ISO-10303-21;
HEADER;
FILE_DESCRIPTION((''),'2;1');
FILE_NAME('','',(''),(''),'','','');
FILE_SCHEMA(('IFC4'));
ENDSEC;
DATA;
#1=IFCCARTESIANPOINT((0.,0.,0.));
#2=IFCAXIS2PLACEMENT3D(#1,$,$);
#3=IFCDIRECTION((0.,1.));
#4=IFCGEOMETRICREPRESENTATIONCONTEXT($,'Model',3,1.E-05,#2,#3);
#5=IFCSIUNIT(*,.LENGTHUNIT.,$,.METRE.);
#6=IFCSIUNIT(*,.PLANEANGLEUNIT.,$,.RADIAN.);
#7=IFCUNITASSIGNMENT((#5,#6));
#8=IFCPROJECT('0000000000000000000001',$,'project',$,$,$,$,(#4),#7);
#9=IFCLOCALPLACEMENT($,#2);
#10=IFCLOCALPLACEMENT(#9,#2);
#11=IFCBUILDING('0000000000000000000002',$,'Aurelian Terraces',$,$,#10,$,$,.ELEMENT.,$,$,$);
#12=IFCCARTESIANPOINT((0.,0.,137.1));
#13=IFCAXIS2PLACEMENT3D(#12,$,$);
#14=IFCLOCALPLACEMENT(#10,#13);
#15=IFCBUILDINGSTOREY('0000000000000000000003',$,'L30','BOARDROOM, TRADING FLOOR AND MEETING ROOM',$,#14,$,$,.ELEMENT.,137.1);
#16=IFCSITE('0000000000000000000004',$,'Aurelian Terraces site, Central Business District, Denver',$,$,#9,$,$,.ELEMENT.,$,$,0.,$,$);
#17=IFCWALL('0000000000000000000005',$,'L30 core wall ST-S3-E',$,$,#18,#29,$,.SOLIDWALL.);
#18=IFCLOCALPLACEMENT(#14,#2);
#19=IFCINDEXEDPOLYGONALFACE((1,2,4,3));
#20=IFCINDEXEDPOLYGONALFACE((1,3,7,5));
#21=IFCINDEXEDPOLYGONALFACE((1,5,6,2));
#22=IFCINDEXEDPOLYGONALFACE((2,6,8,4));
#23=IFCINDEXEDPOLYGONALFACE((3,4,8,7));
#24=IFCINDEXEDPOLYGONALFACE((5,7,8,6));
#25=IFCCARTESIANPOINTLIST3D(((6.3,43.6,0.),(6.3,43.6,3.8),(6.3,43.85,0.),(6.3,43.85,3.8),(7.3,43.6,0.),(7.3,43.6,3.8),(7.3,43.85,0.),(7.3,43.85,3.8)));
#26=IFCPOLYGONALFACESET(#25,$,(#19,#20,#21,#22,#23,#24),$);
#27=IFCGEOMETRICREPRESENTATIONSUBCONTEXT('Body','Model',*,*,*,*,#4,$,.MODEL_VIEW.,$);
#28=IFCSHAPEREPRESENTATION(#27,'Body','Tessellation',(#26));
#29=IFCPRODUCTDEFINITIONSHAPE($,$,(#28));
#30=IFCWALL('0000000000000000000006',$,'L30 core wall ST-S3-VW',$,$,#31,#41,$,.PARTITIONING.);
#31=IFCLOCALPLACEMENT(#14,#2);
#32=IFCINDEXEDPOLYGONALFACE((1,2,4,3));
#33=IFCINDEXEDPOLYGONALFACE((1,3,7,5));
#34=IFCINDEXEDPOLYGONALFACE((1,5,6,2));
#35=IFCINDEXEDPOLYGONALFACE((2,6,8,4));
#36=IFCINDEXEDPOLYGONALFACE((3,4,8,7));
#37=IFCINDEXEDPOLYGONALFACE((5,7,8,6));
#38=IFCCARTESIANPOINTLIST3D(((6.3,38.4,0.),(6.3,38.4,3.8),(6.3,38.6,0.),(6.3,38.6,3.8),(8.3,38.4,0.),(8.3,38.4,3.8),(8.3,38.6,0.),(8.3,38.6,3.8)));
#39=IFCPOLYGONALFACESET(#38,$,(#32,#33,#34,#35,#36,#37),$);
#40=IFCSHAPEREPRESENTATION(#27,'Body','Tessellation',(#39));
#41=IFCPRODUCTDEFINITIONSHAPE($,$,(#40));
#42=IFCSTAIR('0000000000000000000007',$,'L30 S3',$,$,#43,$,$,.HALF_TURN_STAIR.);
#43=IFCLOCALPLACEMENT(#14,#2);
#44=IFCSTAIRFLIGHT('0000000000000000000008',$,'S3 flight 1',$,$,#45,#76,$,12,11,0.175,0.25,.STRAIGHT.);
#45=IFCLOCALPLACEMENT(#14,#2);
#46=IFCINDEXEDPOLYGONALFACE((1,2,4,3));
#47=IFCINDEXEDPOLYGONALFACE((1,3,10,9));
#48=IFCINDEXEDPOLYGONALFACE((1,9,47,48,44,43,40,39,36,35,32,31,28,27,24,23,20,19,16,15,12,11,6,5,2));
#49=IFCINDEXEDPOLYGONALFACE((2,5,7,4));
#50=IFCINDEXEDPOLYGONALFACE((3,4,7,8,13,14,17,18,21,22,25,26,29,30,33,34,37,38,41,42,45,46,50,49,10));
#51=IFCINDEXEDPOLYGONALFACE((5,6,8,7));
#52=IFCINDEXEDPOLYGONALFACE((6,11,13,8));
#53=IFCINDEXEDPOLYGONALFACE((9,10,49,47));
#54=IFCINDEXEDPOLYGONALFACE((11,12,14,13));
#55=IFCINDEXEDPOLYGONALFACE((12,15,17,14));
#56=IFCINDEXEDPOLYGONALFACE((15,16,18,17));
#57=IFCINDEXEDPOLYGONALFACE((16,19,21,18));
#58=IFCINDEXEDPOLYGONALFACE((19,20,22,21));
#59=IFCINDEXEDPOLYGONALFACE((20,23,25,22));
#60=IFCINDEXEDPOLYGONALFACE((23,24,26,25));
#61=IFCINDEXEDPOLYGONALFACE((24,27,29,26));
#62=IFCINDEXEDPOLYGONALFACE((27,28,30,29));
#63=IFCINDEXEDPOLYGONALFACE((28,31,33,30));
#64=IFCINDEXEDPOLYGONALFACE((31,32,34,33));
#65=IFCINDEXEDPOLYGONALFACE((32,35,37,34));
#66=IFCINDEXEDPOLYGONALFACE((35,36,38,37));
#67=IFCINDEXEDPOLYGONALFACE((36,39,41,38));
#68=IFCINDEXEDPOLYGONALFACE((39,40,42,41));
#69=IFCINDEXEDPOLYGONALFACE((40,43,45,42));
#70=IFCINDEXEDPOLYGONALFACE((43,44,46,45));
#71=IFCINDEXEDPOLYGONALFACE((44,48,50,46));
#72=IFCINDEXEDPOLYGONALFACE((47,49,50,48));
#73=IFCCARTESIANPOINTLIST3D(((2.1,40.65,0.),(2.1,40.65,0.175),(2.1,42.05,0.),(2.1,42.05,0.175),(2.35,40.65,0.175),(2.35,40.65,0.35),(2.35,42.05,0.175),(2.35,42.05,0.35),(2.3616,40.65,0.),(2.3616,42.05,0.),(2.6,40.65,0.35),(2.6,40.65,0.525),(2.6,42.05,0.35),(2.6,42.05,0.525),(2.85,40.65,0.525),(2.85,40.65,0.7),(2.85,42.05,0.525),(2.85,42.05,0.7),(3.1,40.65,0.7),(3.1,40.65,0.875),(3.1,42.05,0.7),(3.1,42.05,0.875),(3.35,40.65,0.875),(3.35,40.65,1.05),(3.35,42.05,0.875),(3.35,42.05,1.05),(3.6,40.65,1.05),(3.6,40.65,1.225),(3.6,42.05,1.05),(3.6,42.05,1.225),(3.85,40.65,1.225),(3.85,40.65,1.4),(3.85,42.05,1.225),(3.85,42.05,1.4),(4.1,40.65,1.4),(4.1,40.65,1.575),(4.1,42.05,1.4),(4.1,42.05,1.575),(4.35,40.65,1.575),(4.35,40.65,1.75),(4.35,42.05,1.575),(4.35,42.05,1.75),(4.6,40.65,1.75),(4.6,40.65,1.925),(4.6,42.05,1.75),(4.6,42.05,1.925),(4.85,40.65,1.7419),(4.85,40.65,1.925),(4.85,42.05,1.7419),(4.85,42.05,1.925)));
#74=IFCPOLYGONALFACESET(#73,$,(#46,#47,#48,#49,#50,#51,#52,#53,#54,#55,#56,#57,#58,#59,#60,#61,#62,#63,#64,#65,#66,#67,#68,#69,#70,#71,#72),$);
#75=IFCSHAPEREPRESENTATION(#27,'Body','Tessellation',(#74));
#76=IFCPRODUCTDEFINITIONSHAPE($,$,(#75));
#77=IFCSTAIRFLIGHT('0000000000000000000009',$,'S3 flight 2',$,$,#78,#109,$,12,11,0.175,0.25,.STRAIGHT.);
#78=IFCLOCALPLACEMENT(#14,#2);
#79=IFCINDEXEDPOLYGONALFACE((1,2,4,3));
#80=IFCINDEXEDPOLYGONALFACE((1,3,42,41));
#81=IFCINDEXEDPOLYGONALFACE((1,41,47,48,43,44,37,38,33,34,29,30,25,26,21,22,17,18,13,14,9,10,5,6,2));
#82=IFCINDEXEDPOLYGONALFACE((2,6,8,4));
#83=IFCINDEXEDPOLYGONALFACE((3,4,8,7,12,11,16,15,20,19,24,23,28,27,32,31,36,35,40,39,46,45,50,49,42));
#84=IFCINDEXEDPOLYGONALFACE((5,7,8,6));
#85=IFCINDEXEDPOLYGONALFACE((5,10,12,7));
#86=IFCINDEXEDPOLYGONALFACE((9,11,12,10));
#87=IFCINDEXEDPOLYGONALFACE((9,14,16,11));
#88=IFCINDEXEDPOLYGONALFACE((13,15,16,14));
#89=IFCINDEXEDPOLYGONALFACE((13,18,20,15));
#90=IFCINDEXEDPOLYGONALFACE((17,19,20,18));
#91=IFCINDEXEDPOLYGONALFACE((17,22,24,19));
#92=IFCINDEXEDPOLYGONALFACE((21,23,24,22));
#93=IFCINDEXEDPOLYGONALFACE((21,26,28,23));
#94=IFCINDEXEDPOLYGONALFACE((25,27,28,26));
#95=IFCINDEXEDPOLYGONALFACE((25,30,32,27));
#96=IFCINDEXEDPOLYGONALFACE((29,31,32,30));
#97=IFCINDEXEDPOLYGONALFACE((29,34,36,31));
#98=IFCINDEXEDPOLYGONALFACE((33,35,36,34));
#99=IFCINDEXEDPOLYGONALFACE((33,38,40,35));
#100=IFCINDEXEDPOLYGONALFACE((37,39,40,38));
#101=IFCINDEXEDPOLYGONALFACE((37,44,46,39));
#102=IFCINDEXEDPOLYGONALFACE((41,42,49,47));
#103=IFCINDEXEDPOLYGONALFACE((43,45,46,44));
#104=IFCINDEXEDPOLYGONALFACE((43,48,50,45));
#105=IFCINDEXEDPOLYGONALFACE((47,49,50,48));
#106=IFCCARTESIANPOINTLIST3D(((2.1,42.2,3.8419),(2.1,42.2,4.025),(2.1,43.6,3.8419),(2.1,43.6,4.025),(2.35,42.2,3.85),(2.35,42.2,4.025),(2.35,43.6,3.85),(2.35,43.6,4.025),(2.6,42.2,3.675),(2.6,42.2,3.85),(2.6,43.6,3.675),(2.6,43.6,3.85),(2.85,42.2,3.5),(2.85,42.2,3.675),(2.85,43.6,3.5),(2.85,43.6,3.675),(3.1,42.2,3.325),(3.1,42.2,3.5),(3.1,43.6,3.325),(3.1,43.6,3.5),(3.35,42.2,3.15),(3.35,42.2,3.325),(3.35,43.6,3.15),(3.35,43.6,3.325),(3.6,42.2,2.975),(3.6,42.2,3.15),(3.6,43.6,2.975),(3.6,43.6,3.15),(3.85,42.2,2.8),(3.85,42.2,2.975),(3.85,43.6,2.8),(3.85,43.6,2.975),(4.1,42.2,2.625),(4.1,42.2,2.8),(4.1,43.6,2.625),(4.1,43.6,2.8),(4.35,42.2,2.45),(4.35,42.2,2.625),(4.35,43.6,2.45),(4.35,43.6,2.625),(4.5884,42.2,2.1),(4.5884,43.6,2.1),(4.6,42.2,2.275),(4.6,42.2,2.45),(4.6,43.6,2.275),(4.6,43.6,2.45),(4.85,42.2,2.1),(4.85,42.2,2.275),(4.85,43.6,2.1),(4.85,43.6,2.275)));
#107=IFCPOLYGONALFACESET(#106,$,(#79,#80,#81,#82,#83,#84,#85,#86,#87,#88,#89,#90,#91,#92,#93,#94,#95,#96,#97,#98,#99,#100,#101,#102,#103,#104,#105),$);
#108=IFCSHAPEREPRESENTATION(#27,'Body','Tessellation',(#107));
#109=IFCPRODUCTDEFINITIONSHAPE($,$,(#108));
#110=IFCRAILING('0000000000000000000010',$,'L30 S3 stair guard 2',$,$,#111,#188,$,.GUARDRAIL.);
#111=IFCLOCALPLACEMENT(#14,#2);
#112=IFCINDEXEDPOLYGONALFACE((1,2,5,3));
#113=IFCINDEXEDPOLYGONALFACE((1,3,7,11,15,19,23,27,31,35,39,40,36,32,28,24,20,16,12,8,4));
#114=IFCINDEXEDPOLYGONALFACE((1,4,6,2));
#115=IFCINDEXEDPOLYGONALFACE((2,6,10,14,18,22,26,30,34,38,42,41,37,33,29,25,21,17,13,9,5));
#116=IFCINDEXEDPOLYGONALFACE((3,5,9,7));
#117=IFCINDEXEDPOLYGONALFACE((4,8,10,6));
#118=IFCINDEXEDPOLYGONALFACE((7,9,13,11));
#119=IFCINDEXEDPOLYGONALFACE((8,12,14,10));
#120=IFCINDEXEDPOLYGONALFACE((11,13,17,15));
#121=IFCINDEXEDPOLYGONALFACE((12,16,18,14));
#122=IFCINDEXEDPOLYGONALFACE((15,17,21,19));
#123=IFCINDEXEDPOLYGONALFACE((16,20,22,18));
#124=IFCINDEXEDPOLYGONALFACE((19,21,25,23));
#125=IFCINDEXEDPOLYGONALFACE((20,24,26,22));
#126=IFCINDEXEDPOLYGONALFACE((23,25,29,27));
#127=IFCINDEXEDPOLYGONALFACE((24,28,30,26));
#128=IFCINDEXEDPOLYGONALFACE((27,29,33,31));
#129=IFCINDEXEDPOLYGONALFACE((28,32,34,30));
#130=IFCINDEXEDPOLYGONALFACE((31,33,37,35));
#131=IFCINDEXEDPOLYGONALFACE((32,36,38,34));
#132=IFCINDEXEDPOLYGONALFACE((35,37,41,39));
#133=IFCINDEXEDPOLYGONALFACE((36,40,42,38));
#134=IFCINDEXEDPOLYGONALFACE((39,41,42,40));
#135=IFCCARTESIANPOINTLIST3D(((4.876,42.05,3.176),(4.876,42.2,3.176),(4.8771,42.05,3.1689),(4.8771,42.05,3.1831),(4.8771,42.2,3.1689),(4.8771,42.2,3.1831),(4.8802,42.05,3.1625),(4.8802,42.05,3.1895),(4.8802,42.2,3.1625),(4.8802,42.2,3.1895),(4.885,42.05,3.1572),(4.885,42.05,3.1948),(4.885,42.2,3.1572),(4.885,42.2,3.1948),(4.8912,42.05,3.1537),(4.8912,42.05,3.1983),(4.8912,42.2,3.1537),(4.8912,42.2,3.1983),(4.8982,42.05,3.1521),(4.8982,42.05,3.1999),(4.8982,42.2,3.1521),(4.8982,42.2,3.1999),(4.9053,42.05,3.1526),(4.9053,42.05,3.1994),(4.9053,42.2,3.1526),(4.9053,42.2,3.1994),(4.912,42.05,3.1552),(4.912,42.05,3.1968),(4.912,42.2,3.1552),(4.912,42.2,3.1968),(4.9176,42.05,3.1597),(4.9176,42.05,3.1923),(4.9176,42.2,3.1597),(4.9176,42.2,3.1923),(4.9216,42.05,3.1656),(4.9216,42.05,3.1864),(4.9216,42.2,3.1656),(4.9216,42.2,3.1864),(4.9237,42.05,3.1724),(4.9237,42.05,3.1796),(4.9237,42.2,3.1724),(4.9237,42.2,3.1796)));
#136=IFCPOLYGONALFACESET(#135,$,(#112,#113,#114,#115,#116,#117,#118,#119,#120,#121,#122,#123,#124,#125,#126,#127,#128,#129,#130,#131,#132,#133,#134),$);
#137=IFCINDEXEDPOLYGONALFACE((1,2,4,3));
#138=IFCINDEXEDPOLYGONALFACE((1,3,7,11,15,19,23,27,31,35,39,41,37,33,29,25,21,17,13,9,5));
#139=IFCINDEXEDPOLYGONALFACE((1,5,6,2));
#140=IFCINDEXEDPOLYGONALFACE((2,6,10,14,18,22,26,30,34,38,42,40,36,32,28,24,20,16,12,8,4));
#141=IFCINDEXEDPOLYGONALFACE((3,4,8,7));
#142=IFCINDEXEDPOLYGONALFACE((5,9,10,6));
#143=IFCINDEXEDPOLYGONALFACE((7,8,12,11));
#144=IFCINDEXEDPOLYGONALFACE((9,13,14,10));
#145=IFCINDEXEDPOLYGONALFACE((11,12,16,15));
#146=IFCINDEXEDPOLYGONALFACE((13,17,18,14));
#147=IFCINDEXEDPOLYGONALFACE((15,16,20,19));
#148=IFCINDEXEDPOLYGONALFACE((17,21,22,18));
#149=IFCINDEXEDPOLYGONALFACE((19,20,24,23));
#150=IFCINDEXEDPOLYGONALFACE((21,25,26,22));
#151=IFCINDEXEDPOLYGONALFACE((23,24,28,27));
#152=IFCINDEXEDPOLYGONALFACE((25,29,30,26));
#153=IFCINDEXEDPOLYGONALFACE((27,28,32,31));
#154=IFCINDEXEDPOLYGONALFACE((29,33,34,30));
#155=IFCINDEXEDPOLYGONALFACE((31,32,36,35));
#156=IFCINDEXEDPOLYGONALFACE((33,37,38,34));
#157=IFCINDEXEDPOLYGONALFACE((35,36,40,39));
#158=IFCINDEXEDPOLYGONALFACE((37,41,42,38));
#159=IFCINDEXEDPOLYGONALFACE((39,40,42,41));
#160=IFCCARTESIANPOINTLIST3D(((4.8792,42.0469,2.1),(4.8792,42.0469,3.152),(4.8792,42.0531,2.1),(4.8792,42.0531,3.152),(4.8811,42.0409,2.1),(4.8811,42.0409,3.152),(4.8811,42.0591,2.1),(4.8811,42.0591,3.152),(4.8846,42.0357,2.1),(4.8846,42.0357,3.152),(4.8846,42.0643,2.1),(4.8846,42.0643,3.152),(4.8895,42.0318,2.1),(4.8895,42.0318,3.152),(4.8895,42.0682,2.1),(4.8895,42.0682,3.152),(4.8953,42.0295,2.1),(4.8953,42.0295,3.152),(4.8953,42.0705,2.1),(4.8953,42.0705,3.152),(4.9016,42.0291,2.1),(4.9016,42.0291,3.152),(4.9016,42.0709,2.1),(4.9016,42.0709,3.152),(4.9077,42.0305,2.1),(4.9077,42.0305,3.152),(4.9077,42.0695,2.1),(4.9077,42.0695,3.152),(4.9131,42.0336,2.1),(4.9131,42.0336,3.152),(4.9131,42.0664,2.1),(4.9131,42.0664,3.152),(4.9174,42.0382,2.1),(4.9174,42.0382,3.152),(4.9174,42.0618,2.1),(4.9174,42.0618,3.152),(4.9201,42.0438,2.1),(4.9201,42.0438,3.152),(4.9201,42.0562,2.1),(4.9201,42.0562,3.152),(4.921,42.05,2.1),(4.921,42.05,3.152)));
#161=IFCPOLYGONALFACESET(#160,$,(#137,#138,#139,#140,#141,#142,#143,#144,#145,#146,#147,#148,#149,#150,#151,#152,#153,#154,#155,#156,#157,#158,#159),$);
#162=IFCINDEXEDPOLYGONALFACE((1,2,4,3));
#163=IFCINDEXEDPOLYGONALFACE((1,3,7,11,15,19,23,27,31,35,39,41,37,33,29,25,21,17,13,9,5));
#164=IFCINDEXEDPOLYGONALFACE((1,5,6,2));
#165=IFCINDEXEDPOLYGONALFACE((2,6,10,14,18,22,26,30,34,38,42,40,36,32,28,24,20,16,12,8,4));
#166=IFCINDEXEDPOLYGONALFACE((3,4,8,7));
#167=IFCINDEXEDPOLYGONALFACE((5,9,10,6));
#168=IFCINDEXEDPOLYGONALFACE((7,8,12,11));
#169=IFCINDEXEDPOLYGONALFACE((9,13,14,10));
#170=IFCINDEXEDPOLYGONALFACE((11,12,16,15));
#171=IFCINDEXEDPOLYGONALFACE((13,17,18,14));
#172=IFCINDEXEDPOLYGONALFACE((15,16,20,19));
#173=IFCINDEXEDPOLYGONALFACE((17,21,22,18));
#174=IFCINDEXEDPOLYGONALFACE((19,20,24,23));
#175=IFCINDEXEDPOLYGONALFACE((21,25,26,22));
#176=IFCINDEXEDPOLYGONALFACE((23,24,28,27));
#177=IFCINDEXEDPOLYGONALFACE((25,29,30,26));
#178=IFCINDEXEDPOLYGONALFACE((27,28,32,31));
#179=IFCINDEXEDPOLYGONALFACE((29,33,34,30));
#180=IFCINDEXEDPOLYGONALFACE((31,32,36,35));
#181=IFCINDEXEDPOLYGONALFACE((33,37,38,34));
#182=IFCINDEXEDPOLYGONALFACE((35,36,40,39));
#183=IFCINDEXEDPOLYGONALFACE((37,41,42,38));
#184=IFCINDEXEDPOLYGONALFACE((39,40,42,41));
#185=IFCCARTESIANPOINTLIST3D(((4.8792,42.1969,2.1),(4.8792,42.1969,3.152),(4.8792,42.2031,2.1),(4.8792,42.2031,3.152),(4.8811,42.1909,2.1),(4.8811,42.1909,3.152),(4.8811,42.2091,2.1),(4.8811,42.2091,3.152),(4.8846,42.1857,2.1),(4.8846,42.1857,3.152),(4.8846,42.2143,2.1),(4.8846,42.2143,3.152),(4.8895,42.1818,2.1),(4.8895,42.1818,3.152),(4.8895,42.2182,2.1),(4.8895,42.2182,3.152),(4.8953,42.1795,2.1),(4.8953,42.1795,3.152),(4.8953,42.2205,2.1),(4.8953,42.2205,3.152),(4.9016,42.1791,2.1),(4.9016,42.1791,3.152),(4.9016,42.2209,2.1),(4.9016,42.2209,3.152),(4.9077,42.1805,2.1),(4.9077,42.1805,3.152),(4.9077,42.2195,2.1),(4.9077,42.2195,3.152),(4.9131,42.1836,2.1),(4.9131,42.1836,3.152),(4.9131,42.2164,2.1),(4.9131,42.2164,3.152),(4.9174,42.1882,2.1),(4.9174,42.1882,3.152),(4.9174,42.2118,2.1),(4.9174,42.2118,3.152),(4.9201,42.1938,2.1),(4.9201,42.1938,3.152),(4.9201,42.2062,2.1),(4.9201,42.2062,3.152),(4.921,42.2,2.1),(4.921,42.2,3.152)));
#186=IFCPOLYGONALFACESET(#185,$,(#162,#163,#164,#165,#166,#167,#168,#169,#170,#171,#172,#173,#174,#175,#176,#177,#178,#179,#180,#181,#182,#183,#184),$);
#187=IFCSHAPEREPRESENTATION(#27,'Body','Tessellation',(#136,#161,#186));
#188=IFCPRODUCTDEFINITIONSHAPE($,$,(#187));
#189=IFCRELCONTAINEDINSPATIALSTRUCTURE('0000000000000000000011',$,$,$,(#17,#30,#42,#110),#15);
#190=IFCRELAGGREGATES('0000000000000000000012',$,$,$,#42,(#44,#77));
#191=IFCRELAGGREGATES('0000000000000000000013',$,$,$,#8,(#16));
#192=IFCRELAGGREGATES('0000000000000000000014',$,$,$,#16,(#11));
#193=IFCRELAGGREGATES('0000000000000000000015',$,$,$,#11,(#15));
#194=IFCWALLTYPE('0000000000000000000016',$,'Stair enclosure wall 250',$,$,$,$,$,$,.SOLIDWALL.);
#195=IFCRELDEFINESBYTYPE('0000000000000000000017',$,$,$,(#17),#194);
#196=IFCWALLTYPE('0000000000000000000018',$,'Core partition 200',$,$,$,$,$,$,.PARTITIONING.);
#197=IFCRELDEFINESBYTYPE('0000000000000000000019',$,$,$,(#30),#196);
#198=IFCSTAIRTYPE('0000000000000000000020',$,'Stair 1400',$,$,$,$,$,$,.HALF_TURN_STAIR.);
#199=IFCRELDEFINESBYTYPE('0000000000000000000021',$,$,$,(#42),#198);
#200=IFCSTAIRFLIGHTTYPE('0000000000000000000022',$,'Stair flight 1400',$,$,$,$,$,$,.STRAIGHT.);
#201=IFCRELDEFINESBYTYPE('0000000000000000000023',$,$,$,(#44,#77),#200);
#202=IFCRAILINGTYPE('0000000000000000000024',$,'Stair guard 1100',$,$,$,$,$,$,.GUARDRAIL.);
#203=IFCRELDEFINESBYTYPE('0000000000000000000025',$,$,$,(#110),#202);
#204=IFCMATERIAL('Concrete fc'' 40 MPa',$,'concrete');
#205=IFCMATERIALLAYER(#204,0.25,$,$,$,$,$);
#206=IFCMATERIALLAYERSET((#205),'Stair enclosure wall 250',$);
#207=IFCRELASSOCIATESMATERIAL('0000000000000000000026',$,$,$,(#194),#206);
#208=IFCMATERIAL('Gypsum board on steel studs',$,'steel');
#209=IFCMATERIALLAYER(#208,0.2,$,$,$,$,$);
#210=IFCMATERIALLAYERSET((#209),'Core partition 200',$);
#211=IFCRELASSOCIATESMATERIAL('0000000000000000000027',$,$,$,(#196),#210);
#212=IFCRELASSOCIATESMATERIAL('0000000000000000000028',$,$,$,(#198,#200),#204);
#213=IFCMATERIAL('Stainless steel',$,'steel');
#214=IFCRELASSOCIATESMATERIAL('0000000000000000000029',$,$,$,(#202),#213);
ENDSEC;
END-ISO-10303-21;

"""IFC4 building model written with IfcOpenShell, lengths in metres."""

from ifc_helpers import new_model, si_unit, direction, frame, frame_2d, origin, origin_2d, place, context, subcontext, project, spatial, polyline, rectangle, circle, outline, extrude, source, transform, mapped, material, layer, layer_set, type_object, element, aggregate, save


model = new_model("IFC4")

# Units and contexts
model_context = context("Model", 3, precision=1e-05, world=origin(), true_north=direction((0.0, 1.0)))
body_context = subcontext(model_context, "Body", "Model", "MODEL_VIEW")
ifc_project = project(units=[si_unit("LENGTHUNIT", "METRE"), si_unit("PLANEANGLEUNIT", "RADIAN")], contexts=[model_context])

# Site, building, storey
site_placement = place(None, origin())
site = spatial("IfcSite", under=ifc_project, at=site_placement, Name="Aurelian Terraces site, Central Business District, Denver", CompositionType="ELEMENT", RefElevation=0.0)
building_placement = place(site_placement, origin())
building = spatial("IfcBuilding", under=site, at=building_placement, Name="Aurelian Terraces", CompositionType="ELEMENT")
storey_placement = place(building_placement, frame((0.0, 0.0, 137.1)))
storey = spatial("IfcBuildingStorey", under=building, at=storey_placement, Name="L30", Description="BOARDROOM, TRADING FLOOR AND MEETING ROOM", CompositionType="ELEMENT", Elevation=137.1)

# Shared definitions
ifc_material_1 = material(Name="Concrete fc' 40 MPa", Category="concrete")

# Shared definitions
ifc_layer_1 = layer(ifc_material_1, 0.25)
ifc_layer_set_1 = layer_set([ifc_layer_1], Name="Stair enclosure wall 250")
wall_type_1 = type_object("IfcWallType", Name="Stair enclosure wall 250", PredefinedType="SOLIDWALL", material=ifc_layer_set_1)

# Walls
ifc_material_2 = material(Name="Gypsum board on steel studs", Category="steel")
ifc_layer_2 = layer(ifc_material_2, 0.2)
ifc_layer_set_2 = layer_set([ifc_layer_2], Name="Core partition 200")
wall_type_2 = type_object("IfcWallType", Name="Core partition 200", PredefinedType="PARTITIONING", material=ifc_layer_set_2)
shared_shape_1 = source(origin(), body_context, "Body", "SweptSolid", [
    extrude(rectangle(XDim=1.0, YDim=0.25, at=frame_2d((0.5, 0.0))), origin(), (0.0, 0.0, 1.0), 3.8),
])
wall_1_placement = place(storey_placement, frame((6.3, 43.725, 0.0), z_axis=(0.0, 0.0, 1.0), x_axis=(1.0, 0.0, 0.0)))
element("IfcWall", 1, at=wall_1_placement, inside=storey, type_object=wall_type_1, Name="L30 core wall ST-S3-E", PredefinedType="SOLIDWALL", context=body_context, shape_type="MappedRepresentation", body=[
    mapped(shared_shape_1, transform((0.0, 0.0, 0.0), scale=1.0)),
])
shared_shape_2 = source(origin(), body_context, "Body", "SweptSolid", [
    extrude(rectangle(XDim=2.0, YDim=0.2, at=frame_2d((1.0, 0.0))), origin(), (0.0, 0.0, 1.0), 3.8),
])
wall_2_placement = place(storey_placement, frame((6.3, 38.5, 0.0), z_axis=(0.0, 0.0, 1.0), x_axis=(1.0, 0.0, 0.0)))
element("IfcWall", 2, at=wall_2_placement, inside=storey, type_object=wall_type_2, Name="L30 core wall ST-S3-VW", PredefinedType="PARTITIONING", context=body_context, shape_type="MappedRepresentation", body=[
    mapped(shared_shape_2, transform((0.0, 0.0, 0.0), scale=1.0)),
])

# Stair, stair flights
stair_type = type_object("IfcStairType", Name="Stair 1400", PredefinedType="HALF_TURN_STAIR", material=ifc_material_1)
stair_placement = place(storey_placement, origin())
stair = element("IfcStair", 3, at=stair_placement, inside=storey, type_object=stair_type, Name="L30 S3", PredefinedType="HALF_TURN_STAIR")
stair_flight_type = type_object("IfcStairFlightType", Name="Stair flight 1400", PredefinedType="STRAIGHT", material=ifc_material_1)
shared_shape_3 = source(origin(), body_context, "Body", "SweptSolid", [
    extrude(outline(polyline([(0.0, 0.0), (0.0, 0.175), (0.25, 0.175), (0.25, 0.35), (0.5, 0.35), (0.5, 0.525), (0.75, 0.525), (0.75, 0.7), (1.0, 0.7), (1.0, 0.875), (1.25, 0.875), (1.25, 1.05), (1.5, 1.05), (1.5, 1.225), (1.75, 1.225), (1.75, 1.4), (2.0, 1.4), (2.0, 1.575), (2.25, 1.575), (2.25, 1.75), (2.5, 1.75), (2.5, 1.925), (2.75, 1.925), (2.75, 2.1), (2.75, 1.7419), (0.2616, 0.0), (0.0, 0.0)])), frame((0.0, 0.7, 0.0), z_axis=(0.0, -1.0, 0.0), x_axis=(1.0, 0.0, 0.0)), (0.0, 0.0, 1.0), 1.4),
])
stair_flight_1_placement = place(storey_placement, frame((2.1, 41.35, 0.0), z_axis=(0.0, 0.0, 1.0), x_axis=(1.0, 0.0, 0.0)))
stair_flight_1 = element("IfcStairFlight", 4, at=stair_flight_1_placement, type_object=stair_flight_type, Name="S3 flight 1", NumberOfRisers=12, NumberOfTreads=11, PredefinedType="STRAIGHT", RiserHeight=0.175, TreadLength=0.25, context=body_context, shape_type="MappedRepresentation", body=[
    mapped(shared_shape_3, transform((0.0, 0.0, 0.0), scale=1.0)),
])
stair_flight_2_placement = place(storey_placement, frame((4.85, 42.9, 2.1), z_axis=(0.0, 0.0, 1.0), x_axis=(-1.0, 0.0, 0.0)))
stair_flight_2 = element("IfcStairFlight", 5, at=stair_flight_2_placement, type_object=stair_flight_type, Name="S3 flight 2", NumberOfRisers=12, NumberOfTreads=11, PredefinedType="STRAIGHT", RiserHeight=0.175, TreadLength=0.25, context=body_context, shape_type="MappedRepresentation", body=[
    mapped(shared_shape_3, transform((0.0, 0.0, 0.0), scale=1.0)),
])
aggregate(stair, [stair_flight_1, stair_flight_2])

# Railing
ifc_material_3 = material(Name="Stainless steel", Category="steel")
railing_type_1 = type_object("IfcRailingType", Name="Stair guard 1100", PredefinedType="GUARDRAIL", material=ifc_material_3)
shared_shape_4 = source(origin(), body_context, "Body", "SweptSolid", [
    extrude(circle(Radius=0.024, at=origin_2d()), frame((0.0, 0.0, 1.076), z_axis=(0.0, 1.0, 0.0), x_axis=(-1.0, 0.0, 0.0)), (0.0, 0.0, 1.0), 0.15),
    extrude(circle(Radius=0.021, at=origin_2d()), origin(), (0.0, 0.0, 1.0), 1.052),
    extrude(circle(Radius=0.021, at=origin_2d()), frame((0.0, 0.15, 0.0)), (0.0, 0.0, 1.0), 1.052),
])
for number, where, name in (
    (6, (4.9, 42.05, 2.1), "L30 S3 stair guard 2"),
):
    element("IfcRailing", number, at=place(storey_placement, frame(where)), inside=storey, type_object=railing_type_1, Name=name, PredefinedType="GUARDRAIL", context=body_context, shape_type="MappedRepresentation", body=[
        mapped(shared_shape_4, transform((0.0, 0.0, 0.0), scale=1.0)),
    ])

save(model, "model.ifc")
